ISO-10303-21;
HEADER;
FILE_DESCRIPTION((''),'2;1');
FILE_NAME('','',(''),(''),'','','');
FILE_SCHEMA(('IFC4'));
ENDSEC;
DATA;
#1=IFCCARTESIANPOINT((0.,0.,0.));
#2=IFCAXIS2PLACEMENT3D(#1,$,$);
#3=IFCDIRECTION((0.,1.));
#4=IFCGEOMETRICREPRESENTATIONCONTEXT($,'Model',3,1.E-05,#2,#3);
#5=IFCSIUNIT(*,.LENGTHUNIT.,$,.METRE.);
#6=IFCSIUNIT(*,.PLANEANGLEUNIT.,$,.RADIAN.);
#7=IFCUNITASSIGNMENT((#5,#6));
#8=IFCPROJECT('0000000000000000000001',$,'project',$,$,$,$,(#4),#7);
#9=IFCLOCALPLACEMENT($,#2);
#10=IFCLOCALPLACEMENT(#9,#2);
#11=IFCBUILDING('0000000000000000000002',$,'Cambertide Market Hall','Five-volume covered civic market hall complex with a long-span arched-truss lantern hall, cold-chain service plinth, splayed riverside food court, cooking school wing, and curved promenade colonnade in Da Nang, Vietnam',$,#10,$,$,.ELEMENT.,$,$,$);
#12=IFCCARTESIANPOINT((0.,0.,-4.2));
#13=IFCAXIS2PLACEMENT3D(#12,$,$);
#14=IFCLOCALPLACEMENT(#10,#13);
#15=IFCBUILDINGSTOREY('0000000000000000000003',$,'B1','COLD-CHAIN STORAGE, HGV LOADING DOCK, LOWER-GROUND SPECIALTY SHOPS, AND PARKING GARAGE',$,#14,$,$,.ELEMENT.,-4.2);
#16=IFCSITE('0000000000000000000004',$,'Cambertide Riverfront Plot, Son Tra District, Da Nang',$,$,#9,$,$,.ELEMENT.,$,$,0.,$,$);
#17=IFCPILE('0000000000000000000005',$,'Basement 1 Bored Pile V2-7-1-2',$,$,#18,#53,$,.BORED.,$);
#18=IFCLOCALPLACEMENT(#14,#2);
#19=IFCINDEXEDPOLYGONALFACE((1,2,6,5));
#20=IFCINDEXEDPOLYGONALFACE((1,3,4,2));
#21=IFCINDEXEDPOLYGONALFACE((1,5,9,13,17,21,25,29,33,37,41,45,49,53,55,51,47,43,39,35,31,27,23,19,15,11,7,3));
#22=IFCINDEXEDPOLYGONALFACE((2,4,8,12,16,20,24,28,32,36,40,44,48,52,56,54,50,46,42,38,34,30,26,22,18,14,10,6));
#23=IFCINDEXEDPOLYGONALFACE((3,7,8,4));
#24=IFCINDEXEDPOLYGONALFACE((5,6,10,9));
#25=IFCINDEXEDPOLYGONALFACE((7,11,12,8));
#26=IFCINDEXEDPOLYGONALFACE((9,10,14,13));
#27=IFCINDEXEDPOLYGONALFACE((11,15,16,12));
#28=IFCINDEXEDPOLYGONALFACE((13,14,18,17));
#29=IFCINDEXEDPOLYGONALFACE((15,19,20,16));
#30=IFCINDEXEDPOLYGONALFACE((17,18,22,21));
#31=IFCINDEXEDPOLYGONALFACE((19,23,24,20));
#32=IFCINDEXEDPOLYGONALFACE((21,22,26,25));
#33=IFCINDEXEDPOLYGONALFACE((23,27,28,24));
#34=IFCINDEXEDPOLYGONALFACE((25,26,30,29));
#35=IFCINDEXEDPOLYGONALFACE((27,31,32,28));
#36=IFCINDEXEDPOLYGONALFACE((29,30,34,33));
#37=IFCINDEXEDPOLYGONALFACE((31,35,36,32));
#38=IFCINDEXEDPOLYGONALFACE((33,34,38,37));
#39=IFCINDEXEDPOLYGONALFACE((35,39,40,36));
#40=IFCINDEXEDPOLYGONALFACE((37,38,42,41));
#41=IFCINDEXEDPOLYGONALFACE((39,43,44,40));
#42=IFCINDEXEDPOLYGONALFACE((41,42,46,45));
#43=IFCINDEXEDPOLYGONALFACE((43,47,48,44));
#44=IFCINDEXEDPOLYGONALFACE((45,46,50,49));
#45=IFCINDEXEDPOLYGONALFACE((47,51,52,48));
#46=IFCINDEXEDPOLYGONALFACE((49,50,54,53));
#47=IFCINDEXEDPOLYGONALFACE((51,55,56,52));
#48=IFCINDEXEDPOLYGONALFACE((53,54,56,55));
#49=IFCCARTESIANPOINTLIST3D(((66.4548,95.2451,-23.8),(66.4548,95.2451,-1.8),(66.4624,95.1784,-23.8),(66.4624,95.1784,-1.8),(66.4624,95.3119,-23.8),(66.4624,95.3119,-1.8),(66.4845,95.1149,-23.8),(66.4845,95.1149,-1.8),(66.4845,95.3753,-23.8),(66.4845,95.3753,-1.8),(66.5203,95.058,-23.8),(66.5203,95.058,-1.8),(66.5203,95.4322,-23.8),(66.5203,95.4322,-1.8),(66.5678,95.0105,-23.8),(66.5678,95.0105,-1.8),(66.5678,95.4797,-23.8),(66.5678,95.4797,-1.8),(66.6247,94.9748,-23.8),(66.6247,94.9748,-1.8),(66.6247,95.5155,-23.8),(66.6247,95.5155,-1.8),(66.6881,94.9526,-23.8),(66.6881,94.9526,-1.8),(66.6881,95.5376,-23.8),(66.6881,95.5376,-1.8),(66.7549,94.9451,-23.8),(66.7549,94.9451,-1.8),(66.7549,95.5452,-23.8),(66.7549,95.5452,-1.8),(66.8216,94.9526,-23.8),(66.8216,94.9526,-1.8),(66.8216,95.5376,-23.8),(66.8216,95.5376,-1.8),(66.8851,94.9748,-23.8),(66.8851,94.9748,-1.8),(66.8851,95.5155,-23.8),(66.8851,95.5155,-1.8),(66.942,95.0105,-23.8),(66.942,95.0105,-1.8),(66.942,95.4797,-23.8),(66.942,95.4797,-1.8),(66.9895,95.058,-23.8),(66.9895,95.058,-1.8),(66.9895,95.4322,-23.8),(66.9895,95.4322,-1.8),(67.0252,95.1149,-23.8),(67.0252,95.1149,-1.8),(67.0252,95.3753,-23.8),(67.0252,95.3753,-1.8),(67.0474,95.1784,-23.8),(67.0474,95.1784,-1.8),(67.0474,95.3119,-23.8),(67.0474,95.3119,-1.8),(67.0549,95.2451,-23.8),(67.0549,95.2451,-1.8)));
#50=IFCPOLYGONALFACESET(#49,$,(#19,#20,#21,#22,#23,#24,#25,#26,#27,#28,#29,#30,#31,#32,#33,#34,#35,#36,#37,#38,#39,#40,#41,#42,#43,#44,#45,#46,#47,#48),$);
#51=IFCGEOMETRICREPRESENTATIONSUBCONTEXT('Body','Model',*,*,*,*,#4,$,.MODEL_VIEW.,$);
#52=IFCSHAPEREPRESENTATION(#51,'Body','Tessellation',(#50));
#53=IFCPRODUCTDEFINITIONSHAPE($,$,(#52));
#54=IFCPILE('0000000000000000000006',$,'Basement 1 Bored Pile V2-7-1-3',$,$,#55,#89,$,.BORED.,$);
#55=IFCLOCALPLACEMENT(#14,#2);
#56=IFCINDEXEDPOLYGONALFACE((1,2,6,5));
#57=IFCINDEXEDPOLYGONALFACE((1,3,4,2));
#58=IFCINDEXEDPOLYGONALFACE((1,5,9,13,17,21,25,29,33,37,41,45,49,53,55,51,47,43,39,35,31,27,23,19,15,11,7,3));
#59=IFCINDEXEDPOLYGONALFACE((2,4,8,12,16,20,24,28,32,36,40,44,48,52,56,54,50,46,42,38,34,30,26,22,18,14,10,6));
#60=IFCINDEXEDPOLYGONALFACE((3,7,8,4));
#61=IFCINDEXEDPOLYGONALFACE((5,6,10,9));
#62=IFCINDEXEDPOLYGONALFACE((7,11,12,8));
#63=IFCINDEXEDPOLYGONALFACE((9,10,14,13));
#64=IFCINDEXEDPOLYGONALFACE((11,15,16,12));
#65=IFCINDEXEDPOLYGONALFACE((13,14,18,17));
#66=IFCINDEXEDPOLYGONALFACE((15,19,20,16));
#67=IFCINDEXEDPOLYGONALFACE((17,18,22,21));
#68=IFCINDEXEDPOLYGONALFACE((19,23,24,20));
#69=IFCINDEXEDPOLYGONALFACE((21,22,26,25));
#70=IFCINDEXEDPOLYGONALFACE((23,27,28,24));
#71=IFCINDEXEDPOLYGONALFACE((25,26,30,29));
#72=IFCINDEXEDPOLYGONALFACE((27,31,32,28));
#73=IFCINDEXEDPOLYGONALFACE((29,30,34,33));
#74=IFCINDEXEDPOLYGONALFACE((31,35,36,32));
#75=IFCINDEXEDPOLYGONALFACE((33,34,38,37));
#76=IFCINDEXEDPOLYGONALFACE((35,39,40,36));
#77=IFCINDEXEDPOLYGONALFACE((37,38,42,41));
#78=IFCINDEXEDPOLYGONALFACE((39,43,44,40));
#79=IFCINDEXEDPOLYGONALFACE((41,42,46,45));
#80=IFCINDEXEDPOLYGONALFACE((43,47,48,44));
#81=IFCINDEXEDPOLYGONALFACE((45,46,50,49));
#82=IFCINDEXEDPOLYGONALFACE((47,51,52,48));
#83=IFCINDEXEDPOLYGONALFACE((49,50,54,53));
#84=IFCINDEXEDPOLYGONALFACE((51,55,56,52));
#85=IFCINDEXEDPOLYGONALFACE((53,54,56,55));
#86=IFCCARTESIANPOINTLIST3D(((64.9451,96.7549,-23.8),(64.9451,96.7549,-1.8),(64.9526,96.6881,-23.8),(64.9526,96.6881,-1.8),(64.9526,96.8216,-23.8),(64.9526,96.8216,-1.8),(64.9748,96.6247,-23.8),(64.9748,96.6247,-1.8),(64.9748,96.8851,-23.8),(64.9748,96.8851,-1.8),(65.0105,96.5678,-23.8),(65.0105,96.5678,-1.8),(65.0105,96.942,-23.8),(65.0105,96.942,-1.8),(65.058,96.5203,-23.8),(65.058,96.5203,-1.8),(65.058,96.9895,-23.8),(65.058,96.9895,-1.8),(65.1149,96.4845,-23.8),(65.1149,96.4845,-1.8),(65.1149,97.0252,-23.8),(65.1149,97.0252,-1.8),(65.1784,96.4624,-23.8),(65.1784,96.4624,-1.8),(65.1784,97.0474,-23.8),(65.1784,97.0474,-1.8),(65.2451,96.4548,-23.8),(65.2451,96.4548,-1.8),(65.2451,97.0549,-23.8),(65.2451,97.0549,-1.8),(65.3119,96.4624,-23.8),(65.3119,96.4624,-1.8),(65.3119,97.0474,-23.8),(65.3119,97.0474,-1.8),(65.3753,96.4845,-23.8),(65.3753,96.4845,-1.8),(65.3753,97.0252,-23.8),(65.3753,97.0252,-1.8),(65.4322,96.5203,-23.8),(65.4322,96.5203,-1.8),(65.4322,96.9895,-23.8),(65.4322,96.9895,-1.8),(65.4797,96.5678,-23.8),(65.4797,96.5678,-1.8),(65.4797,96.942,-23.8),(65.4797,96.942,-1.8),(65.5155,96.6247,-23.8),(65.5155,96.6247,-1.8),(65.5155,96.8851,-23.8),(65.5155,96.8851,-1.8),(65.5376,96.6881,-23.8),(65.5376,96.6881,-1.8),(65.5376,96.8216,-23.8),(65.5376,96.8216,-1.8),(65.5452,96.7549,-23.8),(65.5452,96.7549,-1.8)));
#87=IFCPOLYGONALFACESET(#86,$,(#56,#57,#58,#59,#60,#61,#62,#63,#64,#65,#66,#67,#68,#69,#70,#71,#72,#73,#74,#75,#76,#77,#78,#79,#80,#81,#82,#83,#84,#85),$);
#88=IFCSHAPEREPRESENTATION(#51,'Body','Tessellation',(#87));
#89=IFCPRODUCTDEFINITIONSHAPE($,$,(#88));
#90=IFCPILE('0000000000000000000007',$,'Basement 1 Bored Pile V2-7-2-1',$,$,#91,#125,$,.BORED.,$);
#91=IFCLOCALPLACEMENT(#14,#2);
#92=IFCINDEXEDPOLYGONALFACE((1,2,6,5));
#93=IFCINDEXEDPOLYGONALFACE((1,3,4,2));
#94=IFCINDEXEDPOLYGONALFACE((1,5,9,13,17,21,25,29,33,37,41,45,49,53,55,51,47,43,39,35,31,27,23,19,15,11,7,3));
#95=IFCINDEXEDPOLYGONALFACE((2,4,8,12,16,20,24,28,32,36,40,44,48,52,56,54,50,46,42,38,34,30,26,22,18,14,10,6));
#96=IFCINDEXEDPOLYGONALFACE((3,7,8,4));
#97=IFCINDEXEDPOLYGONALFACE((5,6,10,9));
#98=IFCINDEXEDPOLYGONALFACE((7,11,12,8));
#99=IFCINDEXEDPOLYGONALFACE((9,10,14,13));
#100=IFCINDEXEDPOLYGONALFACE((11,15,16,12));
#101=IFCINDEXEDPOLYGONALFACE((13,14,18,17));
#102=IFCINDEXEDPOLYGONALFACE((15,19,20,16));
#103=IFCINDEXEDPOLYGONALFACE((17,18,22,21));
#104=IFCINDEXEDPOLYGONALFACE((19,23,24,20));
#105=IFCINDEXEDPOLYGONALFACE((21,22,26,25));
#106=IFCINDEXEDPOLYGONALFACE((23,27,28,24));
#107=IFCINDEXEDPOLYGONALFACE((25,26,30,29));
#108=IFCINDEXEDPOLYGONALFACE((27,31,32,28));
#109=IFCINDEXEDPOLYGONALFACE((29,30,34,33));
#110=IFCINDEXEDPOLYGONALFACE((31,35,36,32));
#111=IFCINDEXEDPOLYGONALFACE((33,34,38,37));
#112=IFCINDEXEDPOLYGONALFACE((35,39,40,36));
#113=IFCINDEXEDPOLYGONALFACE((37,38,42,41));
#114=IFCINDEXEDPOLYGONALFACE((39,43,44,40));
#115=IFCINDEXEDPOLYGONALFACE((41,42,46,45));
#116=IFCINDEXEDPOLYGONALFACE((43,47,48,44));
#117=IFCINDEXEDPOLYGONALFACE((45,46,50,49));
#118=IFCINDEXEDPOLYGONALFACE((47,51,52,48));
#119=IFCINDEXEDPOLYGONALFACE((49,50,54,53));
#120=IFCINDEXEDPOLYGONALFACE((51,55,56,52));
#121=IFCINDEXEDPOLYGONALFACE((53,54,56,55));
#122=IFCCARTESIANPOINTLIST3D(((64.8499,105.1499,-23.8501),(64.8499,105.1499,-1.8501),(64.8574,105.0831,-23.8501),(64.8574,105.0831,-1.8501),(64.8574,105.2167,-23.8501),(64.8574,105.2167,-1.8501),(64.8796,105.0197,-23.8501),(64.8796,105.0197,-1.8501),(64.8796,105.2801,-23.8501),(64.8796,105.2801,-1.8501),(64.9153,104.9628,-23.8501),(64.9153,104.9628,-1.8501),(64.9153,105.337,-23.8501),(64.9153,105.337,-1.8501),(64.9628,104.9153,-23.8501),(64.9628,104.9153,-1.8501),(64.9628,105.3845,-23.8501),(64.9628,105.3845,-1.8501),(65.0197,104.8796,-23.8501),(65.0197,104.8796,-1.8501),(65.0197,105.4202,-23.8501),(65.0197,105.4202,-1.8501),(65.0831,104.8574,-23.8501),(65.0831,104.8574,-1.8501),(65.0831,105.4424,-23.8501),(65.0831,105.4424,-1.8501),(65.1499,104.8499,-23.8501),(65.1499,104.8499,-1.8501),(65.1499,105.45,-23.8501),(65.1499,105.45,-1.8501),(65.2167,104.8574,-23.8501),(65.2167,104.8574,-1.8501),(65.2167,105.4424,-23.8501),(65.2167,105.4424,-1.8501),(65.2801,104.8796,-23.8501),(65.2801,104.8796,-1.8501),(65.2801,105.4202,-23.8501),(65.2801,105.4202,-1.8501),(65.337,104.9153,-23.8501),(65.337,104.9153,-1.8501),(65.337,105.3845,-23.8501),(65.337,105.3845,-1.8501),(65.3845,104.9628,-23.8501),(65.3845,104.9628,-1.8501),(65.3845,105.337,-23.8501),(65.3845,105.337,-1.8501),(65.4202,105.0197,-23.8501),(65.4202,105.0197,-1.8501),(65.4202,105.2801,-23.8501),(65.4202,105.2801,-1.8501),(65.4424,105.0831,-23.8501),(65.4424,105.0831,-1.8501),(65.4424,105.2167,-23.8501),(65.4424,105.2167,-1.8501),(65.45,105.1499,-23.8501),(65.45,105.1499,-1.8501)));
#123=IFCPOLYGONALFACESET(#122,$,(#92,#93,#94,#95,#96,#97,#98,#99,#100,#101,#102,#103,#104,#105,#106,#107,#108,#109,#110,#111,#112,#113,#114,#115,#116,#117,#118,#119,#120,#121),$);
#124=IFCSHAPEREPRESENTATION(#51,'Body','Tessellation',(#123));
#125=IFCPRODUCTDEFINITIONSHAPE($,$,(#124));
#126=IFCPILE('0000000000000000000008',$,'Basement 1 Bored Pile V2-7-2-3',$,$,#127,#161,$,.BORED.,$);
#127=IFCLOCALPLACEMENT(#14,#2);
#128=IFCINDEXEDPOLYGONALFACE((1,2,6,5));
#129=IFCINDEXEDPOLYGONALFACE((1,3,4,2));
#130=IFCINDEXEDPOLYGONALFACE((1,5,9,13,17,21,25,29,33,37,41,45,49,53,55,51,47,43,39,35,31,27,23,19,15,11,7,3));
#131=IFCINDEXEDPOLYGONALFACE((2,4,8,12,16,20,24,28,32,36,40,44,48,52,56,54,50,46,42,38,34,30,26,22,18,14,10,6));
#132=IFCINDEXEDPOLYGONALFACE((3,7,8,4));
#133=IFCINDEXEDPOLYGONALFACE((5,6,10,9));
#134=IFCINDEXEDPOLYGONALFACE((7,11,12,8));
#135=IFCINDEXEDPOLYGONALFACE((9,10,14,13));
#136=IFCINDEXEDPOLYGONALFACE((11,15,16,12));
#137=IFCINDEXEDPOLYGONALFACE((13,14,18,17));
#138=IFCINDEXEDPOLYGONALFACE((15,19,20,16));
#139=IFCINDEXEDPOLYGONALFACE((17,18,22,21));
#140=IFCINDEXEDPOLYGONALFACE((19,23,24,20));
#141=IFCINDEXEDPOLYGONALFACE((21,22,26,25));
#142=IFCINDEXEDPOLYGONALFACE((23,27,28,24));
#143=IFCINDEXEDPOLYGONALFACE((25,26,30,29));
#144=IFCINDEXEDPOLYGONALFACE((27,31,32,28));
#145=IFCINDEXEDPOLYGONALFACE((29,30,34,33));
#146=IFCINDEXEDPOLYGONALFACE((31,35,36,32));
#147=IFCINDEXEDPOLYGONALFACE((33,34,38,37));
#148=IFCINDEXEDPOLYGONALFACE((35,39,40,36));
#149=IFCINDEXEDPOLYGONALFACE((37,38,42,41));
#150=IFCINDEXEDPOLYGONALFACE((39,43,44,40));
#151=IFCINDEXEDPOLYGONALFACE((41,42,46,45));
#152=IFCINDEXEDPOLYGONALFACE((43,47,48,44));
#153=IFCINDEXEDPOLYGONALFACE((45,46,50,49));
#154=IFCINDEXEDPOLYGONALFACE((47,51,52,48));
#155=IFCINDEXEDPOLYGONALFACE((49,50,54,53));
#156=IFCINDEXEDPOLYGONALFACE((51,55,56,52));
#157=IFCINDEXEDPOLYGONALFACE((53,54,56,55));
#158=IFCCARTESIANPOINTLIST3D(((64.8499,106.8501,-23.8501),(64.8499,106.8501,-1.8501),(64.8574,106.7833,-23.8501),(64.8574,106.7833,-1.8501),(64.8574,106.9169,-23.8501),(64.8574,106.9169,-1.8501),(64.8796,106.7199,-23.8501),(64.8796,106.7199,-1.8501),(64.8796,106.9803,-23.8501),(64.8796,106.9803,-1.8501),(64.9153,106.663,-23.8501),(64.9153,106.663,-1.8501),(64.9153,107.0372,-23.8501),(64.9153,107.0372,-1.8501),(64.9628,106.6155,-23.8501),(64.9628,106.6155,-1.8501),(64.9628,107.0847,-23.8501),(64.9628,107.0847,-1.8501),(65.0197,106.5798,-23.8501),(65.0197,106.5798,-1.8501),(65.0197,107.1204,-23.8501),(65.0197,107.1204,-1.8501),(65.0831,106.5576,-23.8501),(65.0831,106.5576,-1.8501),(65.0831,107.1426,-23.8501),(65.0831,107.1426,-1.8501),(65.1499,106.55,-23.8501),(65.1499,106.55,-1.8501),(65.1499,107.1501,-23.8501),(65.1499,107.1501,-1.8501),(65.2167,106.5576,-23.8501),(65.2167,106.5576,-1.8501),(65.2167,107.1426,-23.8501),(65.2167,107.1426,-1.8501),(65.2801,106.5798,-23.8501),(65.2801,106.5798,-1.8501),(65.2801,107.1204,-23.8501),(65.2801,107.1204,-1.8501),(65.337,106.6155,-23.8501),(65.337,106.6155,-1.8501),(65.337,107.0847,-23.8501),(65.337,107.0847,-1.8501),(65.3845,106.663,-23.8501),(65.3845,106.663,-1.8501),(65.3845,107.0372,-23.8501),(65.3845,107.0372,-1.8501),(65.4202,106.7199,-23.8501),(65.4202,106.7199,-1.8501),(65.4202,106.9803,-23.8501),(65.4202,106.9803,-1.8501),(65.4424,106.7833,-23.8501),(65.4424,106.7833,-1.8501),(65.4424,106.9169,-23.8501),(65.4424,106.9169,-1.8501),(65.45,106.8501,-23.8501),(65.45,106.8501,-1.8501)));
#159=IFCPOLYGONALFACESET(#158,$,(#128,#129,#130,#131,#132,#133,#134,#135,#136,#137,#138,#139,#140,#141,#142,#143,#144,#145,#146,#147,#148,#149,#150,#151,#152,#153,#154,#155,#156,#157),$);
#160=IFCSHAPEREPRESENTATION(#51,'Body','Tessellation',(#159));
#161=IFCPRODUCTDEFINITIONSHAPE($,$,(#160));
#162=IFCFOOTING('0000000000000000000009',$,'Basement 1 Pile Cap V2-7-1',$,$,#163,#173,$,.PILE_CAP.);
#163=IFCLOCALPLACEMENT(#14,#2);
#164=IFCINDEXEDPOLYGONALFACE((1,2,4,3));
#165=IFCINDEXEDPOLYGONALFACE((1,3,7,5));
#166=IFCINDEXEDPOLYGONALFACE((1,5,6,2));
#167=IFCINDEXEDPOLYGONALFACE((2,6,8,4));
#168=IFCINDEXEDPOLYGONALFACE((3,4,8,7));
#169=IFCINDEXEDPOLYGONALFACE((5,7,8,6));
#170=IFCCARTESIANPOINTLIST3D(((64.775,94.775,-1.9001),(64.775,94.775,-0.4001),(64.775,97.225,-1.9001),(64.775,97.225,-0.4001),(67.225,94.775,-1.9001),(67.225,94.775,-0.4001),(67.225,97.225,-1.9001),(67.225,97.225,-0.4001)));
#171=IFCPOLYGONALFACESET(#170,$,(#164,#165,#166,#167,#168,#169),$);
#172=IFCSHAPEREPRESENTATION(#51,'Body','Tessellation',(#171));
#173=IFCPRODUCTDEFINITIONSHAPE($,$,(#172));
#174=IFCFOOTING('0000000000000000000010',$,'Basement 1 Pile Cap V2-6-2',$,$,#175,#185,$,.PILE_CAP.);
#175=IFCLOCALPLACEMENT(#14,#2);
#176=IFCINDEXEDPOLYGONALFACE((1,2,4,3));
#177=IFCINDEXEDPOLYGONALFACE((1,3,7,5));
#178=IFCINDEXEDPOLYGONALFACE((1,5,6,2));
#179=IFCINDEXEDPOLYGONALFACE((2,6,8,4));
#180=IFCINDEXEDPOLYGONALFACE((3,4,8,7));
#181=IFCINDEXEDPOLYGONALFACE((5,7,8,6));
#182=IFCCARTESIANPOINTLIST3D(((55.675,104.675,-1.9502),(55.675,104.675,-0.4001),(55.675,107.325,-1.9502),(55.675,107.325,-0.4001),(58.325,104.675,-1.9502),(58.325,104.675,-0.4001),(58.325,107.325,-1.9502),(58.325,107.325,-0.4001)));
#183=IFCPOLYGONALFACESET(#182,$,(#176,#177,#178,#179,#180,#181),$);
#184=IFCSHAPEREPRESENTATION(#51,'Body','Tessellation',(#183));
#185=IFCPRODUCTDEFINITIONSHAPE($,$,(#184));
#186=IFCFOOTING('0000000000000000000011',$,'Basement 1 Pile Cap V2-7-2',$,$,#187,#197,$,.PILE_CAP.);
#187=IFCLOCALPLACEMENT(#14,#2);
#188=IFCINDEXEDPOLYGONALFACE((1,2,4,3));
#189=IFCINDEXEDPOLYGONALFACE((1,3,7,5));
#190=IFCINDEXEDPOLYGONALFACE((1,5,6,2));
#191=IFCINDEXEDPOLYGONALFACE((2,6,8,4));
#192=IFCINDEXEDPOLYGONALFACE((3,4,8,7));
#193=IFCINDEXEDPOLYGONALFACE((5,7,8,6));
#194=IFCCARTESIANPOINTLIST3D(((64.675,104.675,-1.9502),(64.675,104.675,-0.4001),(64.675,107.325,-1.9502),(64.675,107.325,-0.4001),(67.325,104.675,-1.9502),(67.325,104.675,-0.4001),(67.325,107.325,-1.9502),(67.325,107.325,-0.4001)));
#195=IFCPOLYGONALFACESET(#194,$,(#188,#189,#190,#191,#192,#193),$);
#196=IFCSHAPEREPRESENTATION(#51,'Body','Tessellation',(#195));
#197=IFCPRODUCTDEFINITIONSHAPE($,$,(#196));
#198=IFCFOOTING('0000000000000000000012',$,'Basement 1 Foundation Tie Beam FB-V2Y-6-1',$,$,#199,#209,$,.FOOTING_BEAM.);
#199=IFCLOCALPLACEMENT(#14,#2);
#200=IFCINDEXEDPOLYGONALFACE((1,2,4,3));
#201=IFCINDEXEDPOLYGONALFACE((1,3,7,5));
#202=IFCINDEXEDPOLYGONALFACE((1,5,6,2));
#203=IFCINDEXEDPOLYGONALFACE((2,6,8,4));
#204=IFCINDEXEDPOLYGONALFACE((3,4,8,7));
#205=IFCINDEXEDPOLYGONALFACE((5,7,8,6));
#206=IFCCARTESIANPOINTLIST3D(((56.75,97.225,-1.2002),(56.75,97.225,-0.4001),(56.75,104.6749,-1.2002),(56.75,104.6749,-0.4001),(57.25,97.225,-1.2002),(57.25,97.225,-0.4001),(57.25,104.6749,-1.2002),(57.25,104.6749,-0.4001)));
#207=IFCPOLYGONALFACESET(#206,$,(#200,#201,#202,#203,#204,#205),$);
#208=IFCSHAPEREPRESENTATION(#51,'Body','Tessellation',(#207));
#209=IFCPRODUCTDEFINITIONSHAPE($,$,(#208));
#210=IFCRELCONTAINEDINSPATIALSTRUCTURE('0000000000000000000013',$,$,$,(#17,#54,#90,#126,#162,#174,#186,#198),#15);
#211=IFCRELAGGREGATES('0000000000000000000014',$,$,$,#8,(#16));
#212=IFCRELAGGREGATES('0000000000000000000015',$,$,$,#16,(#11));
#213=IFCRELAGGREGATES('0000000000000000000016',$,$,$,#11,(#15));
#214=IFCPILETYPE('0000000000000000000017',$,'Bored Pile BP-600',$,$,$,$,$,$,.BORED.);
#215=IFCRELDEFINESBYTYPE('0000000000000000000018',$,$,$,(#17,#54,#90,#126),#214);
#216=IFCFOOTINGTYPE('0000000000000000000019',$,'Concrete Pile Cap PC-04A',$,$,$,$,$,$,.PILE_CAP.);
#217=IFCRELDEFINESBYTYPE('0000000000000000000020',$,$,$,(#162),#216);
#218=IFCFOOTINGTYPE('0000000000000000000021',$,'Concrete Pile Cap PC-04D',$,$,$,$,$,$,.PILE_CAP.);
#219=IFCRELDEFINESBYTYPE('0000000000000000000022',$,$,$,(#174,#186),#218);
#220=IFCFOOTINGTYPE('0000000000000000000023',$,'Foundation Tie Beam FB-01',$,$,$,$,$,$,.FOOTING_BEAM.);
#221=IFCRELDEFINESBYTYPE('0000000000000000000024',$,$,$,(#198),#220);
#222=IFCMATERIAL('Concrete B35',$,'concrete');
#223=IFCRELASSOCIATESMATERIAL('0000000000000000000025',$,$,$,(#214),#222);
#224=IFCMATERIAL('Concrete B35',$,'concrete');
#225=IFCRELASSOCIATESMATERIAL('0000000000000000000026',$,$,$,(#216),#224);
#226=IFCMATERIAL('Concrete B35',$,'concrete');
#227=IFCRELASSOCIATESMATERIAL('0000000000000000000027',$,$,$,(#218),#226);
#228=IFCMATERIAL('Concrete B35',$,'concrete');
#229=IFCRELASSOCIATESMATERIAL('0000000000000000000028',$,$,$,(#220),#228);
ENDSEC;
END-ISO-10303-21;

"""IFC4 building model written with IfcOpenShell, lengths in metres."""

from ifc_helpers import new_model, si_unit, direction, frame, origin, origin_2d, place, context, subcontext, project, spatial, rectangle, circle, extrude, material, material_profile, profile_set, type_object, element, save


model = new_model("IFC4")

# Units and contexts
model_context = context("Model", 3, precision=1e-05, world=origin(), true_north=direction((0.0, 1.0)))
body_context = subcontext(model_context, "Body", "Model", "MODEL_VIEW")
ifc_project = project(units=[si_unit("LENGTHUNIT", "METRE"), si_unit("PLANEANGLEUNIT", "RADIAN")], contexts=[model_context])

# Site, building, storey
site_placement = place(None, origin())
site = spatial("IfcSite", under=ifc_project, at=site_placement, Name="Cambertide Riverfront Plot, Son Tra District, Da Nang", CompositionType="ELEMENT", RefElevation=0.0)
building_placement = place(site_placement, origin())
building = spatial("IfcBuilding", under=site, at=building_placement, Name="Cambertide Market Hall", Description="Five-volume covered civic market hall complex with a long-span arched-truss lantern hall, cold-chain service plinth, splayed riverside food court, cooking school wing, and curved promenade colonnade in Da Nang, Vietnam", CompositionType="ELEMENT")
storey_placement = place(building_placement, frame((0.0, 0.0, -4.2)))
storey = spatial("IfcBuildingStorey", under=building, at=storey_placement, Name="B1", Description="COLD-CHAIN STORAGE, HGV LOADING DOCK, LOWER-GROUND SPECIALTY SHOPS, AND PARKING GARAGE", CompositionType="ELEMENT", Elevation=-4.2)

# Piles
ifc_material_1 = material(Name="Concrete B35", Category="concrete")
ifc_material_profile_1 = material_profile(ifc_material_1, circle(Radius=0.3, at=origin_2d()), Name="BP D600")
ifc_profile_set_1 = profile_set([ifc_material_profile_1], Name="Concrete B35")
pile_type = type_object("IfcPileType", Name="Bored Pile BP-600", PredefinedType="BORED", material=ifc_profile_set_1)
for number, where, z_axis, x_axis, name in (
    (1, (66.7549, 95.2451, -1.8), (0.0, 0.0, -1.0), (1.0, 0.0, 0.0), "Basement 1 Bored Pile V2-7-1-2"),
    (2, (65.2451, 96.7549, -1.8), (0.0, 0.0, -1.0), (1.0, 0.0, 0.0), "Basement 1 Bored Pile V2-7-1-3"),
    (3, (65.1499, 105.1499, -1.8501), (0.0, 0.0, -1.0), (1.0, 0.0, 0.0), "Basement 1 Bored Pile V2-7-2-1"),
    (4, (65.1499, 106.8501, -1.8501), (0.0, 0.0, -1.0), (1.0, 0.0, 0.0), "Basement 1 Bored Pile V2-7-2-3"),
):
    element("IfcPile", number, at=place(storey_placement, frame(where, z_axis=z_axis, x_axis=x_axis)), inside=storey, type_object=pile_type, Name=name, PredefinedType="BORED", context=body_context, shape_type="SweptSolid", body=[
        extrude(circle(Radius=0.3, at=origin_2d()), origin(), (0.0, 0.0, 1.0), 22.0),
    ])

# Footings
ifc_material_2 = material(Name="Concrete B35", Category="concrete")
footing_type_1 = type_object("IfcFootingType", Name="Concrete Pile Cap PC-04A", PredefinedType="PILE_CAP", material=ifc_material_2)
footing_1_placement = place(storey_placement, frame((66.0, 96.0, -1.9001), z_axis=(0.0, 0.0, 1.0), x_axis=(1.0, 0.0, 0.0)))
element("IfcFooting", 5, at=footing_1_placement, inside=storey, type_object=footing_type_1, Name="Basement 1 Pile Cap V2-7-1", PredefinedType="PILE_CAP", context=body_context, shape_type="SweptSolid", body=[
    extrude(rectangle(XDim=2.45, YDim=2.45, at=origin_2d()), origin(), (0.0, 0.0, 1.0), 1.5),
])
ifc_material_3 = material(Name="Concrete B35", Category="concrete")
footing_type_2 = type_object("IfcFootingType", Name="Concrete Pile Cap PC-04D", PredefinedType="PILE_CAP", material=ifc_material_3)
for number, where, z_axis, x_axis, name in (
    (6, (57.0, 106.0, -1.9502), (0.0, 0.0, 1.0), (1.0, 0.0, 0.0), "Basement 1 Pile Cap V2-6-2"),
    (7, (66.0, 106.0, -1.9502), (0.0, 0.0, 1.0), (1.0, 0.0, 0.0), "Basement 1 Pile Cap V2-7-2"),
):
    element("IfcFooting", number, at=place(storey_placement, frame(where, z_axis=z_axis, x_axis=x_axis)), inside=storey, type_object=footing_type_2, Name=name, PredefinedType="PILE_CAP", context=body_context, shape_type="SweptSolid", body=[
        extrude(rectangle(XDim=2.6499, YDim=2.6499, at=origin_2d()), origin(), (0.0, 0.0, 1.0), 1.55),
    ])
ifc_material_4 = material(Name="Concrete B35", Category="concrete")
footing_type_3 = type_object("IfcFootingType", Name="Foundation Tie Beam FB-01", PredefinedType="FOOTING_BEAM", material=ifc_material_4)
for number, where, z_axis, x_axis, name in (
    (8, (57.0, 100.95, -1.2002), (0.0, 0.0, 1.0), (0.0, 1.0, 0.0), "Basement 1 Foundation Tie Beam FB-V2Y-6-1"),
):
    element("IfcFooting", number, at=place(storey_placement, frame(where, z_axis=z_axis, x_axis=x_axis)), inside=storey, type_object=footing_type_3, Name=name, PredefinedType="FOOTING_BEAM", context=body_context, shape_type="SweptSolid", body=[
        extrude(rectangle(XDim=7.45, YDim=0.5, at=origin_2d()), origin(), (0.0, 0.0, 1.0), 0.8),
    ])

save(model, "model.ifc")
